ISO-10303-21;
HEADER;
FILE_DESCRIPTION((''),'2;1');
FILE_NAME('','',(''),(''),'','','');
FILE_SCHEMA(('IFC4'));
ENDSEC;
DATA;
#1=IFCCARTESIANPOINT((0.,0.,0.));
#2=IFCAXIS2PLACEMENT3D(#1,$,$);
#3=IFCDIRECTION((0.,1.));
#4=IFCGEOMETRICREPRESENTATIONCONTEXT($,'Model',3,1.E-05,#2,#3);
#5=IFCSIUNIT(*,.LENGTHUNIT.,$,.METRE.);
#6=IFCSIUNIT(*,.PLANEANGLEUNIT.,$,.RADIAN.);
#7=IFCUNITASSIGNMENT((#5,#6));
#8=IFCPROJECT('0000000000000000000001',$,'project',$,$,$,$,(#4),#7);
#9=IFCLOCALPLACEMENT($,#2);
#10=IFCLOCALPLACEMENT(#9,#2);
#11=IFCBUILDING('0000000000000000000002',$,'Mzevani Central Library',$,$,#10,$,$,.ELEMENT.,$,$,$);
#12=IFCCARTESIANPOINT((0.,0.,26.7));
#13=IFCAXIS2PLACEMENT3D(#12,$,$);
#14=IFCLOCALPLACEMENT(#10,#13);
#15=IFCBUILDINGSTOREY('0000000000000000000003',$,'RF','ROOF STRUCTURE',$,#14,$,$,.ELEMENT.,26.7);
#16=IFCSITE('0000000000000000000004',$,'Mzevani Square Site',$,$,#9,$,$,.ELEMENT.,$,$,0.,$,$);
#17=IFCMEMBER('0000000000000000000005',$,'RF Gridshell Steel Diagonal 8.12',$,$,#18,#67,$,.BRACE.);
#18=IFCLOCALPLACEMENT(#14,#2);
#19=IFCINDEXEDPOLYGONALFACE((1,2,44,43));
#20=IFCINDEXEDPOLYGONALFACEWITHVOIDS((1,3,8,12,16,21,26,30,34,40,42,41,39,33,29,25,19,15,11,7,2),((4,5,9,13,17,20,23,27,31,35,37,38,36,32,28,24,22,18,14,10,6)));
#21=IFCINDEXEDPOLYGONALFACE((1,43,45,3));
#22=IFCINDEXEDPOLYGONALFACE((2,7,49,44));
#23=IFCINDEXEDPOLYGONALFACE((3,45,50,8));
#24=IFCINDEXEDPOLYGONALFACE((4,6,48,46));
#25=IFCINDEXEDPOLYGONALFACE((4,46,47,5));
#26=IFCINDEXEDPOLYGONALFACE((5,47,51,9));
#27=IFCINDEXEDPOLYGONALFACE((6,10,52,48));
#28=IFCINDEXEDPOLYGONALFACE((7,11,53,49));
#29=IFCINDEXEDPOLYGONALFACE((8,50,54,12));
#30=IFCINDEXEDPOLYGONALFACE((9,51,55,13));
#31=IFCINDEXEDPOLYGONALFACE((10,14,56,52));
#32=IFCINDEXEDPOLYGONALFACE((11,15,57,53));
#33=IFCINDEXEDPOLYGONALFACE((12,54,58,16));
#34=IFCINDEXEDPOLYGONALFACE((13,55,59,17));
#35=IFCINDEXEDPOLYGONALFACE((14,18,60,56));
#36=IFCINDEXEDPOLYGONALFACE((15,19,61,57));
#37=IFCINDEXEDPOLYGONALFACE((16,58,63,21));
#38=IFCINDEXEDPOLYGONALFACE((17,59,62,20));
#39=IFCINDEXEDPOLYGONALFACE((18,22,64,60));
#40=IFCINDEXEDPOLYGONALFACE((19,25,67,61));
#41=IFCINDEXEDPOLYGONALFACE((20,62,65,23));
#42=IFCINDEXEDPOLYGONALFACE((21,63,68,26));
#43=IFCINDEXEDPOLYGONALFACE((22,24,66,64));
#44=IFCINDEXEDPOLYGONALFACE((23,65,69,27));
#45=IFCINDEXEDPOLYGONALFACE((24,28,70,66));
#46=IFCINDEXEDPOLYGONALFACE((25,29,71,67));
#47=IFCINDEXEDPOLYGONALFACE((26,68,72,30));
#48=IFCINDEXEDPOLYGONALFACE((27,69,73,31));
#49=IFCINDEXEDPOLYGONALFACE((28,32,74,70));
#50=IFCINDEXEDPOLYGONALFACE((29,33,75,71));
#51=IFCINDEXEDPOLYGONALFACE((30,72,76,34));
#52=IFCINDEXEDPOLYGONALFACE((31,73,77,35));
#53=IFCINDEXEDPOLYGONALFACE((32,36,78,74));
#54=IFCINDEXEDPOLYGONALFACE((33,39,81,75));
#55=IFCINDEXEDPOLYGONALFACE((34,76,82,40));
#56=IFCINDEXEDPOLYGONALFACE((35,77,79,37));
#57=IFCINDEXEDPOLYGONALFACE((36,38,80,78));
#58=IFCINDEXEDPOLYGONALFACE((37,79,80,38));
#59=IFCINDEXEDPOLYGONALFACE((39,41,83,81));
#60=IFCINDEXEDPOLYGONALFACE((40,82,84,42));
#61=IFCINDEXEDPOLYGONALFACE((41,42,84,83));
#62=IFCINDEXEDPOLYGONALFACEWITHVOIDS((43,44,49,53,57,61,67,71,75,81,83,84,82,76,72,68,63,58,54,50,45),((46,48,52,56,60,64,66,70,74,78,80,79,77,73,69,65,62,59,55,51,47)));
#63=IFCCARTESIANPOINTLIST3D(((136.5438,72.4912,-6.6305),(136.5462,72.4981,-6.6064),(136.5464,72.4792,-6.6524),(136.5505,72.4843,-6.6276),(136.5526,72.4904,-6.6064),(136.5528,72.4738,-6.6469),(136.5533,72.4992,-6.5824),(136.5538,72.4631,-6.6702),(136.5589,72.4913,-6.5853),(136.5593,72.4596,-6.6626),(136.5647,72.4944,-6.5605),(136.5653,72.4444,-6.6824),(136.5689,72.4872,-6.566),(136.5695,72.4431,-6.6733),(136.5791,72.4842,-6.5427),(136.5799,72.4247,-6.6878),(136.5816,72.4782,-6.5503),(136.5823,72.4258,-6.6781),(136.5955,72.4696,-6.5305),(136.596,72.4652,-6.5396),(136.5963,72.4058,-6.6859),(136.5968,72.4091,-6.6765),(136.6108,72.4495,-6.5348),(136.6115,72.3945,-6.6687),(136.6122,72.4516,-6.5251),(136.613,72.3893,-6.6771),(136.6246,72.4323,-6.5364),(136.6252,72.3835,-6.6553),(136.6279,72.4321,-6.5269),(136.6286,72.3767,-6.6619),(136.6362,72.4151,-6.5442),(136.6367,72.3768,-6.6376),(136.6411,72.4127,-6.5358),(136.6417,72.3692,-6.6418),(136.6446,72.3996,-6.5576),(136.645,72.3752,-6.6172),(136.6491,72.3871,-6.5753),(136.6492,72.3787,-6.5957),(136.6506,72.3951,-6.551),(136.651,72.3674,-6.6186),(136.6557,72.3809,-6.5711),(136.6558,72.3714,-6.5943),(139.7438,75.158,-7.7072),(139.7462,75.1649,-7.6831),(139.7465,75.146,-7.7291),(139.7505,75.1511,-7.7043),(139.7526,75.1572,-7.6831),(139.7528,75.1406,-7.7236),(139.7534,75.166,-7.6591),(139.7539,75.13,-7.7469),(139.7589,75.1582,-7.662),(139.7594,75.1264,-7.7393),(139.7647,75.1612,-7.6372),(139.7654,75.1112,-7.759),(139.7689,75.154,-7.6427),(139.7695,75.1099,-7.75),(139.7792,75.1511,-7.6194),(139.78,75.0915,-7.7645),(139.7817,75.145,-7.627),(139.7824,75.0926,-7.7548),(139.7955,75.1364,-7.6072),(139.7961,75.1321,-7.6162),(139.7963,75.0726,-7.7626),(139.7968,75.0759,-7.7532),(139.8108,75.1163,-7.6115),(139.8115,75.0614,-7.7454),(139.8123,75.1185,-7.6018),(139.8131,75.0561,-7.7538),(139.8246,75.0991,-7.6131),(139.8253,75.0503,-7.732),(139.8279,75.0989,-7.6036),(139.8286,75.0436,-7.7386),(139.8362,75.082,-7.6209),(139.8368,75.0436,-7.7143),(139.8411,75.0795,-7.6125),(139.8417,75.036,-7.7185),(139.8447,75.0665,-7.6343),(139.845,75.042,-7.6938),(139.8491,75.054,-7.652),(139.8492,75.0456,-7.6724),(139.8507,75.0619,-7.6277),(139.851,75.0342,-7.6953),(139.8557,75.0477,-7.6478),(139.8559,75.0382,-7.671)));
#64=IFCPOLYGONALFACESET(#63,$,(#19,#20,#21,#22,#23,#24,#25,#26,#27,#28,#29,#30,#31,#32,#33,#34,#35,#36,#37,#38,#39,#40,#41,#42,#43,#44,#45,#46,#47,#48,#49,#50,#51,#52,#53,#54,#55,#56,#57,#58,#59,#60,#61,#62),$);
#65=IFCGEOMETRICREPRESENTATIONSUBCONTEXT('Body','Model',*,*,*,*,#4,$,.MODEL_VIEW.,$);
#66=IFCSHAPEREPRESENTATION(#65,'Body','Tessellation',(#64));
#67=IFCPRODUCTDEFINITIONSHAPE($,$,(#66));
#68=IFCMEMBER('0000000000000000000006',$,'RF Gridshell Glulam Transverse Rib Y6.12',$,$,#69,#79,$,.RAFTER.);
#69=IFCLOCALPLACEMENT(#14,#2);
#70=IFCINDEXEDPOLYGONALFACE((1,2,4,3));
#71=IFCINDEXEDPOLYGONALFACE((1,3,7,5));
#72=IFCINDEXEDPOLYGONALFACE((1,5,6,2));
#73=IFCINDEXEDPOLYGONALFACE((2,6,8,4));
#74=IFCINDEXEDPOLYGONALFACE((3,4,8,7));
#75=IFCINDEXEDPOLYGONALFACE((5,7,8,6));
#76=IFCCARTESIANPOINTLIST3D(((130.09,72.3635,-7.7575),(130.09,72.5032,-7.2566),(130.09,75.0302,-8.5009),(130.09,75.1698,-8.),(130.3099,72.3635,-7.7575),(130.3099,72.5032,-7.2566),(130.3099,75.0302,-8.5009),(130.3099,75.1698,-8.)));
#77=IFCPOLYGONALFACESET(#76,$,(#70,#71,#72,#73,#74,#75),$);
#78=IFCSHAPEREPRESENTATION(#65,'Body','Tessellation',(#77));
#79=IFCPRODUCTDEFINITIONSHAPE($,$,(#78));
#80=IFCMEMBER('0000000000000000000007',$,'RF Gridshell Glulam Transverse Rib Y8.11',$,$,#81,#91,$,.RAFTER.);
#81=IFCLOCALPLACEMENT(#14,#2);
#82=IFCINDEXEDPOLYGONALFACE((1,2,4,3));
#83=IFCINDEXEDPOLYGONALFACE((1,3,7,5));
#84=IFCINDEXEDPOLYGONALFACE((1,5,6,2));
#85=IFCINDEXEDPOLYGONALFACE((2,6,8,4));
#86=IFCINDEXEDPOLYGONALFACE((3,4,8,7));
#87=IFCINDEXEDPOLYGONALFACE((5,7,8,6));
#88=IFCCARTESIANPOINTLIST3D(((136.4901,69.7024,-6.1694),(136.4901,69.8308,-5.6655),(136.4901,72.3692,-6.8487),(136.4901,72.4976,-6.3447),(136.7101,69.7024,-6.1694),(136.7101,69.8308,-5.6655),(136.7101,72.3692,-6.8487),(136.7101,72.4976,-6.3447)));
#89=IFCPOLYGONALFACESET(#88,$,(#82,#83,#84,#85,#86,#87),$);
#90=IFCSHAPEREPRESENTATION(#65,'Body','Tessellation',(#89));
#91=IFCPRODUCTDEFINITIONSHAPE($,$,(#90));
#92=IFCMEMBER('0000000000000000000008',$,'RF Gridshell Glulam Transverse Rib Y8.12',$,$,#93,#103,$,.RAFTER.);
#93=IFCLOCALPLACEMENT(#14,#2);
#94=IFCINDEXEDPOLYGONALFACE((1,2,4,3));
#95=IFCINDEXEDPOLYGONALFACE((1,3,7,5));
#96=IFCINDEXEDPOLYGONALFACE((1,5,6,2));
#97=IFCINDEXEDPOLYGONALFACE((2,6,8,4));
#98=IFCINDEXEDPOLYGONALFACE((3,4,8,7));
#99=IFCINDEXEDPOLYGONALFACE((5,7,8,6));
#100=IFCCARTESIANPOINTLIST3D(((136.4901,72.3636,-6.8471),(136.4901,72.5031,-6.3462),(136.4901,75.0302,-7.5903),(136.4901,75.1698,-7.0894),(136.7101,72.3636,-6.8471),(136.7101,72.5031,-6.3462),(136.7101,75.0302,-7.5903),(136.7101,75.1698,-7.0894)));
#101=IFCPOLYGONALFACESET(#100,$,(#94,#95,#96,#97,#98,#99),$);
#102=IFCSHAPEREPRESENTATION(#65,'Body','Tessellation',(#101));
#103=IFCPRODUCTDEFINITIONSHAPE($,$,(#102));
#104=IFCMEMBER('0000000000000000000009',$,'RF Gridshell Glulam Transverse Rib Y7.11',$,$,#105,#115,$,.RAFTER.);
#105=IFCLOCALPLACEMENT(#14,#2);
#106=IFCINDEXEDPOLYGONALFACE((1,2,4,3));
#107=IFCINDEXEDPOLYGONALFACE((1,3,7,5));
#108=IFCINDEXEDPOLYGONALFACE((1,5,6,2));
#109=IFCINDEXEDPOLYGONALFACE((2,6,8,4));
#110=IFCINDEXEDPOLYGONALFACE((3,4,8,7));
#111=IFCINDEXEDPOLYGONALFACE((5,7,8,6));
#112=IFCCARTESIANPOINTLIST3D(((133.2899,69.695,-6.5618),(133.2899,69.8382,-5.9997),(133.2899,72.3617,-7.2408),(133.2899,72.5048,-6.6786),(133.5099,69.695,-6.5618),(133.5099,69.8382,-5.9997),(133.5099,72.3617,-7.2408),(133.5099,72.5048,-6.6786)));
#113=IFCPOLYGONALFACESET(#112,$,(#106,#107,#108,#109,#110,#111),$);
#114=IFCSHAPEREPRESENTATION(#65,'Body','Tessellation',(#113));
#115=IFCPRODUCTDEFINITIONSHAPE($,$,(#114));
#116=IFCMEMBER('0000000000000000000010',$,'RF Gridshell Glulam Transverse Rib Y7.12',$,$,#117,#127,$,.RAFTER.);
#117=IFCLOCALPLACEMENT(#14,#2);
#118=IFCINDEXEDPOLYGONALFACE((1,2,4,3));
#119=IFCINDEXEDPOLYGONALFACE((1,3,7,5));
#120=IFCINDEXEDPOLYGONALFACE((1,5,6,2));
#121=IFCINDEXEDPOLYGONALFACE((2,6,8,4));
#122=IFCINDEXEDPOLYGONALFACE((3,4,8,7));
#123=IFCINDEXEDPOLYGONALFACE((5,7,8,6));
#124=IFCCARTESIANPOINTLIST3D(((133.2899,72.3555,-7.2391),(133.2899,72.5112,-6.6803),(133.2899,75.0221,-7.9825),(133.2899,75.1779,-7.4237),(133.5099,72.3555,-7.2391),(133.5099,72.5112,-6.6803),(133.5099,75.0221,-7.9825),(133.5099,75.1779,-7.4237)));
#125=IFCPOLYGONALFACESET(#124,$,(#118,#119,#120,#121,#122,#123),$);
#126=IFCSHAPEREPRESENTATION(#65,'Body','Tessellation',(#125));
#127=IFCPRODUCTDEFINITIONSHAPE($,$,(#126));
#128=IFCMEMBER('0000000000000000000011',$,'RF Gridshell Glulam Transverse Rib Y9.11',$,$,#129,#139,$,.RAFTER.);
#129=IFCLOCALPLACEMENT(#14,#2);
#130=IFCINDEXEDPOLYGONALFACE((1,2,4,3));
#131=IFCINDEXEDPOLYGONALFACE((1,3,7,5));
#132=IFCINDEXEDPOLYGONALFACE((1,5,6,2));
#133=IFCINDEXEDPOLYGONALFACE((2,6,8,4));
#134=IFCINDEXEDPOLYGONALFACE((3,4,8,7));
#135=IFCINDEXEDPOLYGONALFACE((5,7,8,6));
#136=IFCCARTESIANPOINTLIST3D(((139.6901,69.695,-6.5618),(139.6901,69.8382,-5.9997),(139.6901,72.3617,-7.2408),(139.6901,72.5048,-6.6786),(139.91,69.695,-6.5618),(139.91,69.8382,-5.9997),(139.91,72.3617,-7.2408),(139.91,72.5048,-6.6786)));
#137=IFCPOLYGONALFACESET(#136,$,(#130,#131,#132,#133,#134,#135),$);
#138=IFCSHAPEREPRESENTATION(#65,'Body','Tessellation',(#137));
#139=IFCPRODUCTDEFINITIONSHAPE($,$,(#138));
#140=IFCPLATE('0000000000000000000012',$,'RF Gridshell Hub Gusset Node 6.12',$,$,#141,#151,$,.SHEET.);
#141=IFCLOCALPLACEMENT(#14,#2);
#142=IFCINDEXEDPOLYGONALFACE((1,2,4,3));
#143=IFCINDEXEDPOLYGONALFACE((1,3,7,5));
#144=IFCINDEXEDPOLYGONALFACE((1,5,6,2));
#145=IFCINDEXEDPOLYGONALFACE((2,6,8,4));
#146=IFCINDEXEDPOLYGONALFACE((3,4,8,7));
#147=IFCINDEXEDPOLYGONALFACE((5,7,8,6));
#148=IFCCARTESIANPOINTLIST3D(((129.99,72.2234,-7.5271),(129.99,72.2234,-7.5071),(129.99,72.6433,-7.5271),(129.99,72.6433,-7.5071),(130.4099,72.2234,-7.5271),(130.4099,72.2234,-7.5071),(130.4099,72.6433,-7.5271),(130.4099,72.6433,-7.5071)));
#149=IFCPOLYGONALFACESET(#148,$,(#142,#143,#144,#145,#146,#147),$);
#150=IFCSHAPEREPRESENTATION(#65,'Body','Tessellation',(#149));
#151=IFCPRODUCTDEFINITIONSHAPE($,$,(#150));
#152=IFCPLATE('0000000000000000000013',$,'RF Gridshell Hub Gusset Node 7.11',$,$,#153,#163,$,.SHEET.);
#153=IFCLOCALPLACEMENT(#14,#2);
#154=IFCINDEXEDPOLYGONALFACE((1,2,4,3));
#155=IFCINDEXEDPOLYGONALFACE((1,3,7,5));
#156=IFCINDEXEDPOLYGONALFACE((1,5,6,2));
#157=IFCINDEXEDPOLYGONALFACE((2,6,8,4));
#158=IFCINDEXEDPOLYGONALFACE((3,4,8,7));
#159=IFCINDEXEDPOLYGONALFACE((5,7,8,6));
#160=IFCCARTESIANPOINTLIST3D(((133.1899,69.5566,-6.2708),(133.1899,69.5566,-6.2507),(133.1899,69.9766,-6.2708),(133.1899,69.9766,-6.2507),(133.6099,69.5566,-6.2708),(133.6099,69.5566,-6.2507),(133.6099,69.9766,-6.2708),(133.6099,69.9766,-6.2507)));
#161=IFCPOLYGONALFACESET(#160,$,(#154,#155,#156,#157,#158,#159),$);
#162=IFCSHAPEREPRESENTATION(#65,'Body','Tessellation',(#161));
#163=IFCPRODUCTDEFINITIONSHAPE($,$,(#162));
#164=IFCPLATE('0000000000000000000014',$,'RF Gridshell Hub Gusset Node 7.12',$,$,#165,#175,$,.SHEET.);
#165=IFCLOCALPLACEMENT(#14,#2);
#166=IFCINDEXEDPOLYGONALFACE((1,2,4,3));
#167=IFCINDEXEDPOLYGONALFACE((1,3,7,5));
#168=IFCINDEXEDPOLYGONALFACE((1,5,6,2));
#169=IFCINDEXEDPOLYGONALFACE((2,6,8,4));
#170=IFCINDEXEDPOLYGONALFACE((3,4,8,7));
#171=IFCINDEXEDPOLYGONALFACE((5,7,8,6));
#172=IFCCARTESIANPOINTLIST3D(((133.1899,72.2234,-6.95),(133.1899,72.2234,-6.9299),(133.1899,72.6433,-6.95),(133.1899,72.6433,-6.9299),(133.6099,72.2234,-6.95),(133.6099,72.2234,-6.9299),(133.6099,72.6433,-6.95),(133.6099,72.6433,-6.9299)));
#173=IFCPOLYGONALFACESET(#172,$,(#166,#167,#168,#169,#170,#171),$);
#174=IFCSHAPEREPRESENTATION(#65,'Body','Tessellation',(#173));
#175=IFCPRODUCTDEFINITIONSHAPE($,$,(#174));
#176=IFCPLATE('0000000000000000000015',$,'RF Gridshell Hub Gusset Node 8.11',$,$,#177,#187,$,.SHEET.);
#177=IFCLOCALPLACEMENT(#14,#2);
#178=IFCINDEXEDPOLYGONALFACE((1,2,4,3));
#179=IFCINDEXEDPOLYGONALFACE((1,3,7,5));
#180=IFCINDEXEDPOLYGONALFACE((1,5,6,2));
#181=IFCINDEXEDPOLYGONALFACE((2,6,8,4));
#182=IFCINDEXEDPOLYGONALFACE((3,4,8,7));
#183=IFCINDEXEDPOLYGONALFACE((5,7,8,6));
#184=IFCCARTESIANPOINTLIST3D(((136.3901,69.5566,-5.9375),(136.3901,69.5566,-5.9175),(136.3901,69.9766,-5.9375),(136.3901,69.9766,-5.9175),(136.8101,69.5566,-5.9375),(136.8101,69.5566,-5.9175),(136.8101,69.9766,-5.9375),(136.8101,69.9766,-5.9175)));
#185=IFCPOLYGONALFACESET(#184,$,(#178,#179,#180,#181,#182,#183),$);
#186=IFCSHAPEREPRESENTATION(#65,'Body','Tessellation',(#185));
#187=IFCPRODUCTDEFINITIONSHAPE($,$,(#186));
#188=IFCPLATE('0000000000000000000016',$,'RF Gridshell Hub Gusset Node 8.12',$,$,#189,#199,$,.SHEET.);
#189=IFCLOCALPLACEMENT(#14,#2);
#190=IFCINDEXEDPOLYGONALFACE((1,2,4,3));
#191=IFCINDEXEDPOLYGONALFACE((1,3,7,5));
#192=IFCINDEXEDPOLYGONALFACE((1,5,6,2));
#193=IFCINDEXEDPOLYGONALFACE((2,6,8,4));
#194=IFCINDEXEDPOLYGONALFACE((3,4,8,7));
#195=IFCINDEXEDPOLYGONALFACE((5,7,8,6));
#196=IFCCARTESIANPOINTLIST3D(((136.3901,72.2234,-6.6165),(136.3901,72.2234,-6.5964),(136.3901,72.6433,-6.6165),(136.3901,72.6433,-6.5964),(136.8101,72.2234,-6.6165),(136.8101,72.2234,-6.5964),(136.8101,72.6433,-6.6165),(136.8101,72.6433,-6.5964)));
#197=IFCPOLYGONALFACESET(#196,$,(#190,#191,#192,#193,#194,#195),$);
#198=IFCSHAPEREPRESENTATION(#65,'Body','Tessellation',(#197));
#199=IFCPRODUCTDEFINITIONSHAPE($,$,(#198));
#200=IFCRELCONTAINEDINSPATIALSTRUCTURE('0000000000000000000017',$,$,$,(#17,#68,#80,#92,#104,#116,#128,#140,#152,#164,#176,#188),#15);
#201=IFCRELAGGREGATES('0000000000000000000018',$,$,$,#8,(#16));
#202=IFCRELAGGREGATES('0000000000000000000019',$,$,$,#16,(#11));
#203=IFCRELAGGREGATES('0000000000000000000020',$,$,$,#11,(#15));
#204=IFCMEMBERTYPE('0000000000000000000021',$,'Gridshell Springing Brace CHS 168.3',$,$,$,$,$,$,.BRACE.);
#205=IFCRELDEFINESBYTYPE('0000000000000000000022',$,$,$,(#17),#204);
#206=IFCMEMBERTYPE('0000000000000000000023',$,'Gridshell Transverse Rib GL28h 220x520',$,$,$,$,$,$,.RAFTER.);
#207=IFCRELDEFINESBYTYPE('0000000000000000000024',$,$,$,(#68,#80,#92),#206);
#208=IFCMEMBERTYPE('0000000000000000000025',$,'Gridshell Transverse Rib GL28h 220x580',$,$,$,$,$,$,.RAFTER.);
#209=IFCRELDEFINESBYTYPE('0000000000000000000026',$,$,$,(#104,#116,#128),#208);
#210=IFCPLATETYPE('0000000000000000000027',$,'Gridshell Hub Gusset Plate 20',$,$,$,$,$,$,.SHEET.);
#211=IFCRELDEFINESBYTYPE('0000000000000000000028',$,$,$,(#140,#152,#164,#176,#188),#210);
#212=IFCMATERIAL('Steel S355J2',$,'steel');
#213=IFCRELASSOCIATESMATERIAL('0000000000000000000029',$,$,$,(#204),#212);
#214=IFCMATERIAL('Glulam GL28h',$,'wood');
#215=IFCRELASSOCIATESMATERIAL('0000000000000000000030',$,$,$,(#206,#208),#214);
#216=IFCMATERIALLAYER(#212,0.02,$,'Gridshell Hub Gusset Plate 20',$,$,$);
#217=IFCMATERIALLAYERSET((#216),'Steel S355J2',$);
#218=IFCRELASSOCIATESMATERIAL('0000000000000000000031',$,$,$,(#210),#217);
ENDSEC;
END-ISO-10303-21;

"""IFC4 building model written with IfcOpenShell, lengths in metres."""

from ifc_helpers import new_model, si_unit, direction, frame, origin, origin_2d, place, context, subcontext, project, spatial, rectangle, hollow_circle, extrude, material, layer, layer_set, material_profile, profile_set, type_object, element, save


model = new_model("IFC4")

# Units and contexts
model_context = context("Model", 3, precision=1e-05, world=origin(), true_north=direction((0.0, 1.0)))
body_context = subcontext(model_context, "Body", "Model", "MODEL_VIEW")
ifc_project = project(units=[si_unit("LENGTHUNIT", "METRE"), si_unit("PLANEANGLEUNIT", "RADIAN")], contexts=[model_context])

# Site, building, storey
site_placement = place(None, origin())
site = spatial("IfcSite", under=ifc_project, at=site_placement, Name="Mzevani Square Site", CompositionType="ELEMENT", RefElevation=0.0)
building_placement = place(site_placement, origin())
building = spatial("IfcBuilding", under=site, at=building_placement, Name="Mzevani Central Library", CompositionType="ELEMENT")
storey_placement = place(building_placement, frame((0.0, 0.0, 26.7)))
storey = spatial("IfcBuildingStorey", under=building, at=storey_placement, Name="RF", Description="ROOF STRUCTURE", CompositionType="ELEMENT", Elevation=26.7)

# Members
ifc_material_1 = material(Name="Steel S355J2", Category="steel")
ifc_material_2 = material(Name="Glulam GL28h", Category="wood")
ifc_material_profile_1 = material_profile(ifc_material_1, hollow_circle(Radius=0.0842, WallThickness=0.01, at=origin_2d()), Name="CHS 168.3x10.0")
ifc_profile_set_1 = profile_set([ifc_material_profile_1], Name="Steel S355J2")
member_type_1 = type_object("IfcMemberType", Name="Gridshell Springing Brace CHS 168.3", PredefinedType="BRACE", material=ifc_profile_set_1)
member_1_placement = place(storey_placement, frame((136.6001, 72.4333, -6.6064), z_axis=(0.743764, 0.619832, -0.250248), x_axis=(-0.640202, 0.768207, 0.0)))
element("IfcMember", 1, at=member_1_placement, inside=storey, type_object=member_type_1, Name="RF Gridshell Steel Diagonal 8.12", PredefinedType="BRACE", context=body_context, shape_type="SweptSolid", body=[
    extrude(hollow_circle(Radius=0.0842, WallThickness=0.01, at=origin_2d()), origin(), (0.0, 0.0, 1.0), 4.3025),
])
ifc_material_profile_2 = material_profile(ifc_material_2, rectangle(XDim=0.22, YDim=0.52, at=origin_2d()), Name="GL28h 220x520")
ifc_profile_set_2 = profile_set([ifc_material_profile_2], Name="Glulam GL28h")
member_type_2 = type_object("IfcMemberType", Name="Gridshell Transverse Rib GL28h 220x520", PredefinedType="RAFTER", material=ifc_profile_set_2)
member_2_placement = place(storey_placement, frame((130.2, 72.4333, -7.5071), z_axis=(0.0, 0.963271, -0.268531), x_axis=(-1.0, 0.0, 0.0)))
element("IfcMember", 2, at=member_2_placement, inside=storey, type_object=member_type_2, Name="RF Gridshell Glulam Transverse Rib Y6.12", PredefinedType="RAFTER", context=body_context, shape_type="SweptSolid", body=[
    extrude(rectangle(XDim=0.22, YDim=0.52, at=origin_2d()), origin(), (0.0, 0.0, 1.0), 2.7683),
])
member_3_placement = place(storey_placement, frame((136.6001, 69.7666, -5.9175), z_axis=(0.0, 0.969063, -0.246813), x_axis=(-1.0, 0.0, 0.0)))
element("IfcMember", 3, at=member_3_placement, inside=storey, type_object=member_type_2, Name="RF Gridshell Glulam Transverse Rib Y8.11", PredefinedType="RAFTER", context=body_context, shape_type="SweptSolid", body=[
    extrude(rectangle(XDim=0.22, YDim=0.52, at=origin_2d()), origin(), (0.0, 0.0, 1.0), 2.752),
])
member_4_placement = place(storey_placement, frame((136.6001, 72.4333, -6.5967), z_axis=(0.0, 0.963294, -0.268449), x_axis=(-1.0, 0.0, 0.0)))
element("IfcMember", 4, at=member_4_placement, inside=storey, type_object=member_type_2, Name="RF Gridshell Glulam Transverse Rib Y8.12", PredefinedType="RAFTER", context=body_context, shape_type="SweptSolid", body=[
    extrude(rectangle(XDim=0.22, YDim=0.52, at=origin_2d()), origin(), (0.0, 0.0, 1.0), 2.7683),
])
ifc_material_profile_3 = material_profile(ifc_material_2, rectangle(XDim=0.22, YDim=0.5801, at=origin_2d()), Name="GL28h 220x580")
ifc_profile_set_3 = profile_set([ifc_material_profile_3], Name="Glulam GL28h")
member_type_3 = type_object("IfcMemberType", Name="Gridshell Transverse Rib GL28h 220x580", PredefinedType="RAFTER", material=ifc_profile_set_3)
member_5_placement = place(storey_placement, frame((133.3999, 69.7666, -6.2808), z_axis=(0.0, 0.969084, -0.246729), x_axis=(-1.0, 0.0, 0.0)))
element("IfcMember", 5, at=member_5_placement, inside=storey, type_object=member_type_3, Name="RF Gridshell Glulam Transverse Rib Y7.11", PredefinedType="RAFTER", context=body_context, shape_type="SweptSolid", body=[
    extrude(rectangle(XDim=0.22, YDim=0.5801, at=origin_2d()), origin(), (0.0, 0.0, 1.0), 2.7517),
])
member_6_placement = place(storey_placement, frame((133.3999, 72.4333, -6.9597), z_axis=(0.0, 0.963271, -0.268531), x_axis=(-1.0, 0.0, 0.0)))
element("IfcMember", 6, at=member_6_placement, inside=storey, type_object=member_type_3, Name="RF Gridshell Glulam Transverse Rib Y7.12", PredefinedType="RAFTER", context=body_context, shape_type="SweptSolid", body=[
    extrude(rectangle(XDim=0.22, YDim=0.5801, at=origin_2d()), origin(), (0.0, 0.0, 1.0), 2.7683),
])
member_7_placement = place(storey_placement, frame((139.8, 69.7666, -6.2808), z_axis=(0.0, 0.969084, -0.246729), x_axis=(-1.0, 0.0, 0.0)))
element("IfcMember", 7, at=member_7_placement, inside=storey, type_object=member_type_3, Name="RF Gridshell Glulam Transverse Rib Y9.11", PredefinedType="RAFTER", context=body_context, shape_type="SweptSolid", body=[
    extrude(rectangle(XDim=0.22, YDim=0.5801, at=origin_2d()), origin(), (0.0, 0.0, 1.0), 2.7517),
])

# Plates
ifc_layer_1 = layer(ifc_material_1, 0.02, Name="Gridshell Hub Gusset Plate 20")
ifc_layer_set_1 = layer_set([ifc_layer_1], Name="Steel S355J2")
plate_type = type_object("IfcPlateType", Name="Gridshell Hub Gusset Plate 20", PredefinedType="SHEET", material=ifc_layer_set_1)
for number, where, z_axis, x_axis, name in (
    (8, (130.2, 72.4333, -7.5271), (0.0, 0.0, 1.0), (1.0, 0.0, 0.0), "RF Gridshell Hub Gusset Node 6.12"),
    (9, (133.3999, 69.7666, -6.2708), (0.0, 0.0, 1.0), (1.0, 0.0, 0.0), "RF Gridshell Hub Gusset Node 7.11"),
    (10, (133.3999, 72.4333, -6.95), (0.0, 0.0, 1.0), (1.0, 0.0, 0.0), "RF Gridshell Hub Gusset Node 7.12"),
    (11, (136.6001, 69.7666, -5.9375), (0.0, 0.0, 1.0), (1.0, 0.0, 0.0), "RF Gridshell Hub Gusset Node 8.11"),
    (12, (136.6001, 72.4333, -6.6165), (0.0, 0.0, 1.0), (1.0, 0.0, 0.0), "RF Gridshell Hub Gusset Node 8.12"),
):
    element("IfcPlate", number, at=place(storey_placement, frame(where, z_axis=z_axis, x_axis=x_axis)), inside=storey, type_object=plate_type, Name=name, PredefinedType="SHEET", context=body_context, shape_type="SweptSolid", body=[
        extrude(rectangle(XDim=0.4199, YDim=0.4199, at=origin_2d()), origin(), (0.0, 0.0, 1.0), 0.02),
    ])

save(model, "model.ifc")
